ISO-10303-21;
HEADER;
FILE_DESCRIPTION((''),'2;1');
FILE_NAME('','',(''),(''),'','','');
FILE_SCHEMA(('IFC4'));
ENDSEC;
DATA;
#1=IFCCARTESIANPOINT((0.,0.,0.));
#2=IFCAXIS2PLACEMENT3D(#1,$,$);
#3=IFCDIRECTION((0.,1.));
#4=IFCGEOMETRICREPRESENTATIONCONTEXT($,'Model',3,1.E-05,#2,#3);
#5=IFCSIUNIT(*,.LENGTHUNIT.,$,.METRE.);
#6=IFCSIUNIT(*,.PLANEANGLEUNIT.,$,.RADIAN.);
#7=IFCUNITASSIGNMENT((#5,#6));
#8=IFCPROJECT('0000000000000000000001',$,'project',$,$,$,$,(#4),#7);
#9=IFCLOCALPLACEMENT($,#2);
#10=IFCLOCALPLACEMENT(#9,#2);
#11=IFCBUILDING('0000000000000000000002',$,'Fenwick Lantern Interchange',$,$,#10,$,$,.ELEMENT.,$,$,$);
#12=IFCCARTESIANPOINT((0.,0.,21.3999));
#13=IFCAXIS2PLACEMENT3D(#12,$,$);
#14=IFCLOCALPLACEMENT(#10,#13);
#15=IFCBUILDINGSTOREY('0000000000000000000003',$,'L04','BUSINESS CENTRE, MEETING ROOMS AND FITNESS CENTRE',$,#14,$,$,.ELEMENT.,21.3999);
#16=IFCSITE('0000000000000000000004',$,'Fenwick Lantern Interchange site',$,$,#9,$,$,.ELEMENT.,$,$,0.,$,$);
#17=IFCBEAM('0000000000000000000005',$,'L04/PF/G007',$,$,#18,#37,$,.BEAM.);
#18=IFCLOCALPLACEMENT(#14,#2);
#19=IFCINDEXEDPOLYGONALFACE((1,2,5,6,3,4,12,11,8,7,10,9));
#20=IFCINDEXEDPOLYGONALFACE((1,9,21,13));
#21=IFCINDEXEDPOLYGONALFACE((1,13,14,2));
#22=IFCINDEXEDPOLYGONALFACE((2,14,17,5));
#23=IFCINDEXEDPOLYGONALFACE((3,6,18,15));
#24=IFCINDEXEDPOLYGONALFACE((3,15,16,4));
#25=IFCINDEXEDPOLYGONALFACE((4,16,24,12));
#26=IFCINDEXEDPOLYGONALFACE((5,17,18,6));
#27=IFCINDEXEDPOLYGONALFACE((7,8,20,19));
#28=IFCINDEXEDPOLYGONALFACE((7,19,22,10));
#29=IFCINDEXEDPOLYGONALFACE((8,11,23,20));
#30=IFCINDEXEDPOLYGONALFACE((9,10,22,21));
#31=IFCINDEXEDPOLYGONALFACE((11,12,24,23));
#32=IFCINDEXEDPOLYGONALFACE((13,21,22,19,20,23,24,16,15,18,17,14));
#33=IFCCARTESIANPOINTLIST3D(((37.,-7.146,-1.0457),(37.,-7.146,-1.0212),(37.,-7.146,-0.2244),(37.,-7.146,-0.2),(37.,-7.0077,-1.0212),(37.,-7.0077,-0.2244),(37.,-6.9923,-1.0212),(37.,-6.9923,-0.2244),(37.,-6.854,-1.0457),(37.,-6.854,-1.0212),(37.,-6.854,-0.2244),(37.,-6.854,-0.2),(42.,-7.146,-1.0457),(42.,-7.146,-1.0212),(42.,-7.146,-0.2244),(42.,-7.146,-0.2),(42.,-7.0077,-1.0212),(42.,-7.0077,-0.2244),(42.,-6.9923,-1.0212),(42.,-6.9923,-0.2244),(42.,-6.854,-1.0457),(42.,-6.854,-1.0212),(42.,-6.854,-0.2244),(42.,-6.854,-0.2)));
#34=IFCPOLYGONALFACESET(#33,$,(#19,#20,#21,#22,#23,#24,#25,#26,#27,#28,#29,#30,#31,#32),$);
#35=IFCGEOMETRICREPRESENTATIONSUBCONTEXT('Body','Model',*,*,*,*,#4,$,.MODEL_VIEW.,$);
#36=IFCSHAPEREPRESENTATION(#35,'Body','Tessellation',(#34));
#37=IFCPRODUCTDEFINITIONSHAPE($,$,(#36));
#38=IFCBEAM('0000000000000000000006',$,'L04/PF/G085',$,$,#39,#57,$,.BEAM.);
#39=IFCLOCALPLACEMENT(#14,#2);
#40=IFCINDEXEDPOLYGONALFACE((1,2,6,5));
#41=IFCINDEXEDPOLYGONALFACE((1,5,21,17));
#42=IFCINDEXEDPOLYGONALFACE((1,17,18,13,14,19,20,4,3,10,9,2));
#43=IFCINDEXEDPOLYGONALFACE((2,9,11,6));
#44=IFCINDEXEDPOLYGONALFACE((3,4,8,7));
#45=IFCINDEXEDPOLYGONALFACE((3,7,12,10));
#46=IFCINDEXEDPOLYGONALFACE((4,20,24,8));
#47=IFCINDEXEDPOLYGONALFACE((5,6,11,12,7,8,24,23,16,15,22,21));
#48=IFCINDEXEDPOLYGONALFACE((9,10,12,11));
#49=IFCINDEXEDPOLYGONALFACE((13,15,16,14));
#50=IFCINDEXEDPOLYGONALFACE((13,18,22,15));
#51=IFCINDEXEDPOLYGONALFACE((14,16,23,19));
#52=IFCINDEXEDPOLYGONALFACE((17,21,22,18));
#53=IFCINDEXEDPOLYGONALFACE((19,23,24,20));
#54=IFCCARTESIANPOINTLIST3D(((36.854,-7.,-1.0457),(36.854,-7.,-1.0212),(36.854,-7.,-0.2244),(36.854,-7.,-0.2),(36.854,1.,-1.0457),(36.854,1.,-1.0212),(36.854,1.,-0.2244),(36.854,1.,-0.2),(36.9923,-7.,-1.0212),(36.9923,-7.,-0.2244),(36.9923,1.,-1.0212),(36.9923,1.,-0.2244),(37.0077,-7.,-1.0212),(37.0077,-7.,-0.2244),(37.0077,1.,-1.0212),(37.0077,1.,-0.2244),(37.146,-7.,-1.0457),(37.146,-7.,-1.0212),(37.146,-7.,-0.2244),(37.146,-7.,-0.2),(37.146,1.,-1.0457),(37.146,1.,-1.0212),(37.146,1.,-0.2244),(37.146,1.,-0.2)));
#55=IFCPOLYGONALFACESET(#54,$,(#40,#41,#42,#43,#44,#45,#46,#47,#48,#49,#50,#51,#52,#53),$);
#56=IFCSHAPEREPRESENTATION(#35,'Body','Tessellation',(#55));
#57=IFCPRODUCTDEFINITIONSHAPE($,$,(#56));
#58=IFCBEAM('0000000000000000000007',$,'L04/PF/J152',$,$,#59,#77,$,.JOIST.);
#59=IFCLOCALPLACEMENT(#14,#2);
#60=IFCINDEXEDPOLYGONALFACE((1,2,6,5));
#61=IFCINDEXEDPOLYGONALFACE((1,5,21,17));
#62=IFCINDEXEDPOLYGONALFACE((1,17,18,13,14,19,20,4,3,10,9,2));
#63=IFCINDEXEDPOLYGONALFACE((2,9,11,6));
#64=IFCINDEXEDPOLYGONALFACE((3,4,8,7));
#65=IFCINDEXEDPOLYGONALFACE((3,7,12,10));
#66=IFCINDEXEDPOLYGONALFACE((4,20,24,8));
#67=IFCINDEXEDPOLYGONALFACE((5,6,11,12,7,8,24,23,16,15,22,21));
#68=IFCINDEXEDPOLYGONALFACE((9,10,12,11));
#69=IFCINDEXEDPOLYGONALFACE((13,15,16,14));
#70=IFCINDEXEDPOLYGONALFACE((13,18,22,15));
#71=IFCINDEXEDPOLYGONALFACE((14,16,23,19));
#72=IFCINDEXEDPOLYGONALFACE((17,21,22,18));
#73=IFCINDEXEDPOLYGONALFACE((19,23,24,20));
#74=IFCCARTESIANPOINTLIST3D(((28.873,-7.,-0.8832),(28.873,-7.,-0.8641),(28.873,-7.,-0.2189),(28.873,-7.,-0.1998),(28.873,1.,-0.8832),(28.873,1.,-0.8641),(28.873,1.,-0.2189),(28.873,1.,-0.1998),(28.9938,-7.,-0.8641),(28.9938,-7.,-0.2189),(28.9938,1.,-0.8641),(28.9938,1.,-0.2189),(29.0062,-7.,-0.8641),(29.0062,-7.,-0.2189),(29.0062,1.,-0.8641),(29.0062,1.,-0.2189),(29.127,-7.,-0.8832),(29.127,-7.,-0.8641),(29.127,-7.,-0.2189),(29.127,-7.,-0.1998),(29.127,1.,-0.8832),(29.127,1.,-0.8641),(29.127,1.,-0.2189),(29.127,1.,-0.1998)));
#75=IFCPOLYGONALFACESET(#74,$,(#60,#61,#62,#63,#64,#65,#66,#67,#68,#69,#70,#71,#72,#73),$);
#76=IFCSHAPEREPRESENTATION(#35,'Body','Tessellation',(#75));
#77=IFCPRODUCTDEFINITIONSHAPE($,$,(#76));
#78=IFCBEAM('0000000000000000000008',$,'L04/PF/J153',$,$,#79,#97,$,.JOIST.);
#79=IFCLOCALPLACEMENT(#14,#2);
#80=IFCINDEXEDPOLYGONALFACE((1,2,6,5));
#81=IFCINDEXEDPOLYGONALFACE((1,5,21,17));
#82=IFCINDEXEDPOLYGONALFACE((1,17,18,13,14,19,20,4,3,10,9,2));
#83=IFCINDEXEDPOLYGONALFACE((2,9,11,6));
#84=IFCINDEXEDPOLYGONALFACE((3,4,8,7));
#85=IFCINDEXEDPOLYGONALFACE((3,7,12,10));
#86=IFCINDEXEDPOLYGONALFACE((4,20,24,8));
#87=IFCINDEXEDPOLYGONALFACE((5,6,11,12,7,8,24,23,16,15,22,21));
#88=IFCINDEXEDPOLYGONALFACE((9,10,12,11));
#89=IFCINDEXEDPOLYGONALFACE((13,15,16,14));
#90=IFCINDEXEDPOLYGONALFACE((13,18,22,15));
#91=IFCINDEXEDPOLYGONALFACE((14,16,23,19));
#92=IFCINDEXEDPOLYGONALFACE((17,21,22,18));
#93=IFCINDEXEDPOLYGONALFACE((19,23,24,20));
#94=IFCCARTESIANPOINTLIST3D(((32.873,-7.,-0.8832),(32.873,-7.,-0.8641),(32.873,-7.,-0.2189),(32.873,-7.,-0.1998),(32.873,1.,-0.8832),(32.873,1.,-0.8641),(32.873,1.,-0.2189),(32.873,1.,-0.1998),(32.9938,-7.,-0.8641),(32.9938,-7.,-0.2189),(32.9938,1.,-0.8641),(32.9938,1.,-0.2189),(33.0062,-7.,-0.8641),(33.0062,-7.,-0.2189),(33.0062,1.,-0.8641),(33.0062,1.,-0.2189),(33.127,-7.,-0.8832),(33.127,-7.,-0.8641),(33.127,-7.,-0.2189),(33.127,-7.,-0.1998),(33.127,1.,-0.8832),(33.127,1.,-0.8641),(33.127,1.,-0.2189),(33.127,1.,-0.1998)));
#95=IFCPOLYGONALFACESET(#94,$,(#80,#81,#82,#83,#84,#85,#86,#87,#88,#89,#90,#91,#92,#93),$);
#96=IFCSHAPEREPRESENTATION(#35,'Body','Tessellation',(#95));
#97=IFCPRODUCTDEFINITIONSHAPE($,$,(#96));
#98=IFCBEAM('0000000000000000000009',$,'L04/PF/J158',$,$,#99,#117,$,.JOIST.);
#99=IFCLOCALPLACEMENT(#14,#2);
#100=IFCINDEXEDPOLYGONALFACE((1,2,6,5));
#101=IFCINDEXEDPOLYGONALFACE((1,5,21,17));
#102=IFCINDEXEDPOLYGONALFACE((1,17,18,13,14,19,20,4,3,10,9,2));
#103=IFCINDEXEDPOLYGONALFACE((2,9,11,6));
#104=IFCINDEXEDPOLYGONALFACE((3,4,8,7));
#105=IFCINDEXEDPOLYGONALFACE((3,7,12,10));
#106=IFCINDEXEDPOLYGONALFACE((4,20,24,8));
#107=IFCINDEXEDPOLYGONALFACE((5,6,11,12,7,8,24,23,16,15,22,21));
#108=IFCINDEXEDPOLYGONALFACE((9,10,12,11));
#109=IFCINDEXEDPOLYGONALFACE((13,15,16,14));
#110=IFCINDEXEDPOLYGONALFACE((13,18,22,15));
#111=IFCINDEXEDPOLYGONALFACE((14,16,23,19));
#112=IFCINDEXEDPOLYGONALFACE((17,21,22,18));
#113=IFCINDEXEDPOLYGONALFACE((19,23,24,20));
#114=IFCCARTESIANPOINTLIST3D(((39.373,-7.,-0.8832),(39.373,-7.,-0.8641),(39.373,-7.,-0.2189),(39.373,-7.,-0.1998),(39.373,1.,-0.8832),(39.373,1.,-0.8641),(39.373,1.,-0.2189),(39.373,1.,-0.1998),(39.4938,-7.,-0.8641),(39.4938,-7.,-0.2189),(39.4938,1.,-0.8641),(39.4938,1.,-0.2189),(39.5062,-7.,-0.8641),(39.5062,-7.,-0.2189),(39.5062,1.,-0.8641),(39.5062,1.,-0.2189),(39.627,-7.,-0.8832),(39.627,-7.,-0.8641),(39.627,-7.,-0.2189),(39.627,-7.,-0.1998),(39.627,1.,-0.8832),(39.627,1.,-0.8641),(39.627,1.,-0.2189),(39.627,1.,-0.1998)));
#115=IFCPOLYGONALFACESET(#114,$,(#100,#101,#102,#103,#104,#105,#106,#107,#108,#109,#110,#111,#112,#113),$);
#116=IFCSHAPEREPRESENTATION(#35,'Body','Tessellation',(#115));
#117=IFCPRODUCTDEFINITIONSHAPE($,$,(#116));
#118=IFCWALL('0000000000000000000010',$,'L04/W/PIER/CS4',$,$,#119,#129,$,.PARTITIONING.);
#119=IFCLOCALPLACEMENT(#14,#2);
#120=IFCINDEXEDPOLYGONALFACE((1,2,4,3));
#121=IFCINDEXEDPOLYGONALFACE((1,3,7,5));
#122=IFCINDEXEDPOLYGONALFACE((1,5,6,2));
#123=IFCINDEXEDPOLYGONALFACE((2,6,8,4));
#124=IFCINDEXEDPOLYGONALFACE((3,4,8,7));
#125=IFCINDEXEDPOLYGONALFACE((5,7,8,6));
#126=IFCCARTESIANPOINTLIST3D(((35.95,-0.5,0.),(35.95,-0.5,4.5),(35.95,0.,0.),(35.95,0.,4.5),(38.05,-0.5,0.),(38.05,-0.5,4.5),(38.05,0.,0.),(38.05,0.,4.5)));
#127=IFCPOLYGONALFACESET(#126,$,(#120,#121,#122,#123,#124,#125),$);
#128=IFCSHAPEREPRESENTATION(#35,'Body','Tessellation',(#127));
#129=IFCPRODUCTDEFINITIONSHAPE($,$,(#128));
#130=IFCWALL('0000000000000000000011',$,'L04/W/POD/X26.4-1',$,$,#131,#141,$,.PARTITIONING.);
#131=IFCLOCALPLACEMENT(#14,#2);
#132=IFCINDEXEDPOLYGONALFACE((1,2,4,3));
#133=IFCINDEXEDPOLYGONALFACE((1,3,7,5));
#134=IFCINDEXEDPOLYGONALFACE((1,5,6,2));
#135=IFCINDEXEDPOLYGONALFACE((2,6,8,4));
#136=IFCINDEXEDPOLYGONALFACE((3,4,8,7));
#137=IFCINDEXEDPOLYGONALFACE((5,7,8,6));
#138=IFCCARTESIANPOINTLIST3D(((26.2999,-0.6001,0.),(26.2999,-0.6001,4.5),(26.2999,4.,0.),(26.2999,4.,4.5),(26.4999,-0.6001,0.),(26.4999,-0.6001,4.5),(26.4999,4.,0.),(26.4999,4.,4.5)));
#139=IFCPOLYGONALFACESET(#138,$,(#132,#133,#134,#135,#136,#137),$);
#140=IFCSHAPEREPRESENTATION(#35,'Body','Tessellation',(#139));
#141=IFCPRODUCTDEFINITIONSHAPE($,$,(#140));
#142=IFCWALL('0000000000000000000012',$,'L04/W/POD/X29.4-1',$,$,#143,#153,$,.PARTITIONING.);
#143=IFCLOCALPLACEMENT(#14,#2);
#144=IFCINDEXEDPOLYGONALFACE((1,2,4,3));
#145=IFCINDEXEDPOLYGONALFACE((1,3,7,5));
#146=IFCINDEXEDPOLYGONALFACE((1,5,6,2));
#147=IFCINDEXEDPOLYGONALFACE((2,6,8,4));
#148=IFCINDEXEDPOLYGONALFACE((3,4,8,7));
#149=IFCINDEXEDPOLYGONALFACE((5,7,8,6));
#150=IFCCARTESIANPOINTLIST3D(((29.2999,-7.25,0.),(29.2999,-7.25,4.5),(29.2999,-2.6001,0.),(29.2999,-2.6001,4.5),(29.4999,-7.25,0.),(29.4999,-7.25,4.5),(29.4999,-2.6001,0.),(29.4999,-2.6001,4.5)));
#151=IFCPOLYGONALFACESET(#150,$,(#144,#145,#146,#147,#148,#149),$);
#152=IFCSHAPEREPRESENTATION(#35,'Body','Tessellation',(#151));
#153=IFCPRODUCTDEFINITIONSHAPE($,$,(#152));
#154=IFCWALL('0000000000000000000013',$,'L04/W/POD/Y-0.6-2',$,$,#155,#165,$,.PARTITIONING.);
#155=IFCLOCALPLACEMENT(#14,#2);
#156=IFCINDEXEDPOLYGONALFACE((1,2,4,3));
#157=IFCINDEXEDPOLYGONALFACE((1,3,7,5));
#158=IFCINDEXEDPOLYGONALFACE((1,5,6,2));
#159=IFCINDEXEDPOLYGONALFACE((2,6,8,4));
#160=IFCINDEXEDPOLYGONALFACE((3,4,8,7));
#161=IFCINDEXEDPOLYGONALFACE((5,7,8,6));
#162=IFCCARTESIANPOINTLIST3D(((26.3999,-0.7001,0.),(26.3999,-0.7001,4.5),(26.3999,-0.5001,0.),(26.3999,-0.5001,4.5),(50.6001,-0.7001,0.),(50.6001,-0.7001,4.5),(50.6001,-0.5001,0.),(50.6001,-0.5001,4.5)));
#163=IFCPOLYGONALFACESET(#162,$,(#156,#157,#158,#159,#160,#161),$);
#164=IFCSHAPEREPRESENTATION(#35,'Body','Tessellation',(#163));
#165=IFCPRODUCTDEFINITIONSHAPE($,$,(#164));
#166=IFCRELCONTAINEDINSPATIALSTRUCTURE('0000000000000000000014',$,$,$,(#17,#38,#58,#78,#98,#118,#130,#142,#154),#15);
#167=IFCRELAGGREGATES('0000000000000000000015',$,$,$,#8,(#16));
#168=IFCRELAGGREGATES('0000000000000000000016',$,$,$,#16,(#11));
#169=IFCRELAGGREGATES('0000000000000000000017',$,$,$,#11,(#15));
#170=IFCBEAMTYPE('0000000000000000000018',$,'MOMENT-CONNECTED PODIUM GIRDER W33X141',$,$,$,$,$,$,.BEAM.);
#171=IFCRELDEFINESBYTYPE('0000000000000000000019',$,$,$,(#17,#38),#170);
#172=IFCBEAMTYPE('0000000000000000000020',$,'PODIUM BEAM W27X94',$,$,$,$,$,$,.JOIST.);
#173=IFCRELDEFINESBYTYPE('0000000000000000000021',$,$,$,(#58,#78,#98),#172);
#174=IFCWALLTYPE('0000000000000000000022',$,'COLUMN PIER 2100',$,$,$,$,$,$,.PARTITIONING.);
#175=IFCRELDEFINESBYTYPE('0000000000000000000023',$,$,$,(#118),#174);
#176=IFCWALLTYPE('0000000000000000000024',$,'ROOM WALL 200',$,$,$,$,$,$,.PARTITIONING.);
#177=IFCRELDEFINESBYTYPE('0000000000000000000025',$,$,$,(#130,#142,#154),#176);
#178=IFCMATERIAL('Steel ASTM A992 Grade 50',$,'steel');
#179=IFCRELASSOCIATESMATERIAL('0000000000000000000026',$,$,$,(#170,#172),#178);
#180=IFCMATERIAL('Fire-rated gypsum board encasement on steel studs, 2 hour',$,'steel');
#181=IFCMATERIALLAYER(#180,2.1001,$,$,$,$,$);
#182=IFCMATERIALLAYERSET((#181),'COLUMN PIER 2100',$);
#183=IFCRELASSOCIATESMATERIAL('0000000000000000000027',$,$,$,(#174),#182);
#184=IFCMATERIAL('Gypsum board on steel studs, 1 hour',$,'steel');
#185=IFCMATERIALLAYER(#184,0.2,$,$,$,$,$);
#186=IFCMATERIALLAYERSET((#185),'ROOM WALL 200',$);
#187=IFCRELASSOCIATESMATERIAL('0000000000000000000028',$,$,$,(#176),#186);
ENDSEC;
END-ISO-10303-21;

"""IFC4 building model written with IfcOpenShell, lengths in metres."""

from ifc_helpers import new_model, si_unit, direction, frame, frame_2d, origin, origin_2d, place, context, subcontext, project, spatial, rectangle, i_section, extrude, material, layer, layer_set, material_profile, profile_set, type_object, element, save


model = new_model("IFC4")

# Units and contexts
model_context = context("Model", 3, precision=1e-05, world=origin(), true_north=direction((0.0, 1.0)))
body_context = subcontext(model_context, "Body", "Model", "MODEL_VIEW")
ifc_project = project(units=[si_unit("LENGTHUNIT", "METRE"), si_unit("PLANEANGLEUNIT", "RADIAN")], contexts=[model_context])

# Site, building, storey
site_placement = place(None, origin())
site = spatial("IfcSite", under=ifc_project, at=site_placement, Name="Fenwick Lantern Interchange site", CompositionType="ELEMENT", RefElevation=0.0)
building_placement = place(site_placement, origin())
building = spatial("IfcBuilding", under=site, at=building_placement, Name="Fenwick Lantern Interchange", CompositionType="ELEMENT")
storey_placement = place(building_placement, frame((0.0, 0.0, 21.3999)))
storey = spatial("IfcBuildingStorey", under=building, at=storey_placement, Name="L04", Description="BUSINESS CENTRE, MEETING ROOMS AND FITNESS CENTRE", CompositionType="ELEMENT", Elevation=21.3999)

# Shared definitions
ifc_material_1 = material(Name="Steel ASTM A992 Grade 50", Category="steel")

# Beams
ifc_material_profile_1 = material_profile(ifc_material_1, i_section(OverallWidth=0.292, OverallDepth=0.8457, WebThickness=0.0154, FlangeThickness=0.0244, at=origin_2d()), Name="W33X141")
ifc_profile_set_1 = profile_set([ifc_material_profile_1], Name="Steel ASTM A992 Grade 50")
beam_type_1 = type_object("IfcBeamType", Name="MOMENT-CONNECTED PODIUM GIRDER W33X141", PredefinedType="BEAM", material=ifc_profile_set_1)
beam_1_placement = place(storey_placement, frame((37.0, -7.0, -0.6228), z_axis=(1.0, 0.0, 0.0), x_axis=(0.0, 1.0, 0.0)))
element("IfcBeam", 1, at=beam_1_placement, inside=storey, type_object=beam_type_1, Name="L04/PF/G007", PredefinedType="BEAM", context=body_context, shape_type="SweptSolid", body=[
    extrude(i_section(OverallWidth=0.292, OverallDepth=0.8457, WebThickness=0.0154, FlangeThickness=0.0244, at=origin_2d()), origin(), (0.0, 0.0, 1.0), 5.0),
])
beam_2_placement = place(storey_placement, frame((37.0, -7.0, -0.6228), z_axis=(0.0, 1.0, 0.0), x_axis=(-1.0, 0.0, 0.0)))
element("IfcBeam", 2, at=beam_2_placement, inside=storey, type_object=beam_type_1, Name="L04/PF/G085", PredefinedType="BEAM", context=body_context, shape_type="SweptSolid", body=[
    extrude(i_section(OverallWidth=0.292, OverallDepth=0.8457, WebThickness=0.0154, FlangeThickness=0.0244, at=origin_2d()), origin(), (0.0, 0.0, 1.0), 8.0),
])
ifc_material_profile_2 = material_profile(ifc_material_1, i_section(OverallWidth=0.2539, OverallDepth=0.6833, WebThickness=0.0125, FlangeThickness=0.019, at=origin_2d()), Name="W27X94")
ifc_profile_set_2 = profile_set([ifc_material_profile_2], Name="Steel ASTM A992 Grade 50")
beam_type_2 = type_object("IfcBeamType", Name="PODIUM BEAM W27X94", PredefinedType="JOIST", material=ifc_profile_set_2)
for number, where, z_axis, x_axis, name in (
    (3, (29.0, -7.0, -0.5415), (0.0, 1.0, 0.0), (-1.0, 0.0, 0.0), "L04/PF/J152"),
    (4, (33.0, -7.0, -0.5415), (0.0, 1.0, 0.0), (-1.0, 0.0, 0.0), "L04/PF/J153"),
    (5, (39.5, -7.0, -0.5415), (0.0, 1.0, 0.0), (-1.0, 0.0, 0.0), "L04/PF/J158"),
):
    element("IfcBeam", number, at=place(storey_placement, frame(where, z_axis=z_axis, x_axis=x_axis)), inside=storey, type_object=beam_type_2, Name=name, PredefinedType="JOIST", context=body_context, shape_type="SweptSolid", body=[
        extrude(i_section(OverallWidth=0.2539, OverallDepth=0.6833, WebThickness=0.0125, FlangeThickness=0.019, at=origin_2d()), origin(), (0.0, 0.0, 1.0), 8.0),
    ])

# Walls
ifc_material_2 = material(Name="Fire-rated gypsum board encasement on steel studs, 2 hour", Category="steel")
ifc_layer_1 = layer(ifc_material_2, 2.1001)
ifc_layer_set_1 = layer_set([ifc_layer_1], Name="COLUMN PIER 2100")
wall_type_1 = type_object("IfcWallType", Name="COLUMN PIER 2100", PredefinedType="PARTITIONING", material=ifc_layer_set_1)
wall_1_placement = place(storey_placement, frame((37.0, -0.5, 0.0), z_axis=(0.0, 0.0, 1.0), x_axis=(0.0, 1.0, 0.0)))
element("IfcWall", 6, at=wall_1_placement, inside=storey, type_object=wall_type_1, Name="L04/W/PIER/CS4", PredefinedType="PARTITIONING", context=body_context, shape_type="SweptSolid", body=[
    extrude(rectangle(XDim=0.5, YDim=2.1001, at=frame_2d((0.25, 0.0))), origin(), (0.0, 0.0, 1.0), 4.5),
])
ifc_material_3 = material(Name="Gypsum board on steel studs, 1 hour", Category="steel")
ifc_layer_2 = layer(ifc_material_3, 0.2)
ifc_layer_set_2 = layer_set([ifc_layer_2], Name="ROOM WALL 200")
wall_type_2 = type_object("IfcWallType", Name="ROOM WALL 200", PredefinedType="PARTITIONING", material=ifc_layer_set_2)
wall_2_placement = place(storey_placement, frame((26.3999, -0.6001, 0.0), z_axis=(0.0, 0.0, 1.0), x_axis=(0.0, 1.0, 0.0)))
element("IfcWall", 7, at=wall_2_placement, inside=storey, type_object=wall_type_2, Name="L04/W/POD/X26.4-1", PredefinedType="PARTITIONING", context=body_context, shape_type="SweptSolid", body=[
    extrude(rectangle(XDim=4.6001, YDim=0.2, at=frame_2d((2.3, 0.0))), origin(), (0.0, 0.0, 1.0), 4.5),
])
wall_3_placement = place(storey_placement, frame((29.3999, -7.25, 0.0), z_axis=(0.0, 0.0, 1.0), x_axis=(0.0, 1.0, 0.0)))
element("IfcWall", 8, at=wall_3_placement, inside=storey, type_object=wall_type_2, Name="L04/W/POD/X29.4-1", PredefinedType="PARTITIONING", context=body_context, shape_type="SweptSolid", body=[
    extrude(rectangle(XDim=4.6499, YDim=0.2, at=frame_2d((2.325, 0.0))), origin(), (0.0, 0.0, 1.0), 4.5),
])

# Wall
wall_4_placement = place(storey_placement, frame((26.3999, -0.6001, 0.0), z_axis=(0.0, 0.0, 1.0), x_axis=(1.0, 0.0, 0.0)))
element("IfcWall", 9, at=wall_4_placement, inside=storey, type_object=wall_type_2, Name="L04/W/POD/Y-0.6-2", PredefinedType="PARTITIONING", context=body_context, shape_type="SweptSolid", body=[
    extrude(rectangle(XDim=24.2002, YDim=0.2, at=frame_2d((12.1001, 0.0))), origin(), (0.0, 0.0, 1.0), 4.5),
])

save(model, "model.ifc")
